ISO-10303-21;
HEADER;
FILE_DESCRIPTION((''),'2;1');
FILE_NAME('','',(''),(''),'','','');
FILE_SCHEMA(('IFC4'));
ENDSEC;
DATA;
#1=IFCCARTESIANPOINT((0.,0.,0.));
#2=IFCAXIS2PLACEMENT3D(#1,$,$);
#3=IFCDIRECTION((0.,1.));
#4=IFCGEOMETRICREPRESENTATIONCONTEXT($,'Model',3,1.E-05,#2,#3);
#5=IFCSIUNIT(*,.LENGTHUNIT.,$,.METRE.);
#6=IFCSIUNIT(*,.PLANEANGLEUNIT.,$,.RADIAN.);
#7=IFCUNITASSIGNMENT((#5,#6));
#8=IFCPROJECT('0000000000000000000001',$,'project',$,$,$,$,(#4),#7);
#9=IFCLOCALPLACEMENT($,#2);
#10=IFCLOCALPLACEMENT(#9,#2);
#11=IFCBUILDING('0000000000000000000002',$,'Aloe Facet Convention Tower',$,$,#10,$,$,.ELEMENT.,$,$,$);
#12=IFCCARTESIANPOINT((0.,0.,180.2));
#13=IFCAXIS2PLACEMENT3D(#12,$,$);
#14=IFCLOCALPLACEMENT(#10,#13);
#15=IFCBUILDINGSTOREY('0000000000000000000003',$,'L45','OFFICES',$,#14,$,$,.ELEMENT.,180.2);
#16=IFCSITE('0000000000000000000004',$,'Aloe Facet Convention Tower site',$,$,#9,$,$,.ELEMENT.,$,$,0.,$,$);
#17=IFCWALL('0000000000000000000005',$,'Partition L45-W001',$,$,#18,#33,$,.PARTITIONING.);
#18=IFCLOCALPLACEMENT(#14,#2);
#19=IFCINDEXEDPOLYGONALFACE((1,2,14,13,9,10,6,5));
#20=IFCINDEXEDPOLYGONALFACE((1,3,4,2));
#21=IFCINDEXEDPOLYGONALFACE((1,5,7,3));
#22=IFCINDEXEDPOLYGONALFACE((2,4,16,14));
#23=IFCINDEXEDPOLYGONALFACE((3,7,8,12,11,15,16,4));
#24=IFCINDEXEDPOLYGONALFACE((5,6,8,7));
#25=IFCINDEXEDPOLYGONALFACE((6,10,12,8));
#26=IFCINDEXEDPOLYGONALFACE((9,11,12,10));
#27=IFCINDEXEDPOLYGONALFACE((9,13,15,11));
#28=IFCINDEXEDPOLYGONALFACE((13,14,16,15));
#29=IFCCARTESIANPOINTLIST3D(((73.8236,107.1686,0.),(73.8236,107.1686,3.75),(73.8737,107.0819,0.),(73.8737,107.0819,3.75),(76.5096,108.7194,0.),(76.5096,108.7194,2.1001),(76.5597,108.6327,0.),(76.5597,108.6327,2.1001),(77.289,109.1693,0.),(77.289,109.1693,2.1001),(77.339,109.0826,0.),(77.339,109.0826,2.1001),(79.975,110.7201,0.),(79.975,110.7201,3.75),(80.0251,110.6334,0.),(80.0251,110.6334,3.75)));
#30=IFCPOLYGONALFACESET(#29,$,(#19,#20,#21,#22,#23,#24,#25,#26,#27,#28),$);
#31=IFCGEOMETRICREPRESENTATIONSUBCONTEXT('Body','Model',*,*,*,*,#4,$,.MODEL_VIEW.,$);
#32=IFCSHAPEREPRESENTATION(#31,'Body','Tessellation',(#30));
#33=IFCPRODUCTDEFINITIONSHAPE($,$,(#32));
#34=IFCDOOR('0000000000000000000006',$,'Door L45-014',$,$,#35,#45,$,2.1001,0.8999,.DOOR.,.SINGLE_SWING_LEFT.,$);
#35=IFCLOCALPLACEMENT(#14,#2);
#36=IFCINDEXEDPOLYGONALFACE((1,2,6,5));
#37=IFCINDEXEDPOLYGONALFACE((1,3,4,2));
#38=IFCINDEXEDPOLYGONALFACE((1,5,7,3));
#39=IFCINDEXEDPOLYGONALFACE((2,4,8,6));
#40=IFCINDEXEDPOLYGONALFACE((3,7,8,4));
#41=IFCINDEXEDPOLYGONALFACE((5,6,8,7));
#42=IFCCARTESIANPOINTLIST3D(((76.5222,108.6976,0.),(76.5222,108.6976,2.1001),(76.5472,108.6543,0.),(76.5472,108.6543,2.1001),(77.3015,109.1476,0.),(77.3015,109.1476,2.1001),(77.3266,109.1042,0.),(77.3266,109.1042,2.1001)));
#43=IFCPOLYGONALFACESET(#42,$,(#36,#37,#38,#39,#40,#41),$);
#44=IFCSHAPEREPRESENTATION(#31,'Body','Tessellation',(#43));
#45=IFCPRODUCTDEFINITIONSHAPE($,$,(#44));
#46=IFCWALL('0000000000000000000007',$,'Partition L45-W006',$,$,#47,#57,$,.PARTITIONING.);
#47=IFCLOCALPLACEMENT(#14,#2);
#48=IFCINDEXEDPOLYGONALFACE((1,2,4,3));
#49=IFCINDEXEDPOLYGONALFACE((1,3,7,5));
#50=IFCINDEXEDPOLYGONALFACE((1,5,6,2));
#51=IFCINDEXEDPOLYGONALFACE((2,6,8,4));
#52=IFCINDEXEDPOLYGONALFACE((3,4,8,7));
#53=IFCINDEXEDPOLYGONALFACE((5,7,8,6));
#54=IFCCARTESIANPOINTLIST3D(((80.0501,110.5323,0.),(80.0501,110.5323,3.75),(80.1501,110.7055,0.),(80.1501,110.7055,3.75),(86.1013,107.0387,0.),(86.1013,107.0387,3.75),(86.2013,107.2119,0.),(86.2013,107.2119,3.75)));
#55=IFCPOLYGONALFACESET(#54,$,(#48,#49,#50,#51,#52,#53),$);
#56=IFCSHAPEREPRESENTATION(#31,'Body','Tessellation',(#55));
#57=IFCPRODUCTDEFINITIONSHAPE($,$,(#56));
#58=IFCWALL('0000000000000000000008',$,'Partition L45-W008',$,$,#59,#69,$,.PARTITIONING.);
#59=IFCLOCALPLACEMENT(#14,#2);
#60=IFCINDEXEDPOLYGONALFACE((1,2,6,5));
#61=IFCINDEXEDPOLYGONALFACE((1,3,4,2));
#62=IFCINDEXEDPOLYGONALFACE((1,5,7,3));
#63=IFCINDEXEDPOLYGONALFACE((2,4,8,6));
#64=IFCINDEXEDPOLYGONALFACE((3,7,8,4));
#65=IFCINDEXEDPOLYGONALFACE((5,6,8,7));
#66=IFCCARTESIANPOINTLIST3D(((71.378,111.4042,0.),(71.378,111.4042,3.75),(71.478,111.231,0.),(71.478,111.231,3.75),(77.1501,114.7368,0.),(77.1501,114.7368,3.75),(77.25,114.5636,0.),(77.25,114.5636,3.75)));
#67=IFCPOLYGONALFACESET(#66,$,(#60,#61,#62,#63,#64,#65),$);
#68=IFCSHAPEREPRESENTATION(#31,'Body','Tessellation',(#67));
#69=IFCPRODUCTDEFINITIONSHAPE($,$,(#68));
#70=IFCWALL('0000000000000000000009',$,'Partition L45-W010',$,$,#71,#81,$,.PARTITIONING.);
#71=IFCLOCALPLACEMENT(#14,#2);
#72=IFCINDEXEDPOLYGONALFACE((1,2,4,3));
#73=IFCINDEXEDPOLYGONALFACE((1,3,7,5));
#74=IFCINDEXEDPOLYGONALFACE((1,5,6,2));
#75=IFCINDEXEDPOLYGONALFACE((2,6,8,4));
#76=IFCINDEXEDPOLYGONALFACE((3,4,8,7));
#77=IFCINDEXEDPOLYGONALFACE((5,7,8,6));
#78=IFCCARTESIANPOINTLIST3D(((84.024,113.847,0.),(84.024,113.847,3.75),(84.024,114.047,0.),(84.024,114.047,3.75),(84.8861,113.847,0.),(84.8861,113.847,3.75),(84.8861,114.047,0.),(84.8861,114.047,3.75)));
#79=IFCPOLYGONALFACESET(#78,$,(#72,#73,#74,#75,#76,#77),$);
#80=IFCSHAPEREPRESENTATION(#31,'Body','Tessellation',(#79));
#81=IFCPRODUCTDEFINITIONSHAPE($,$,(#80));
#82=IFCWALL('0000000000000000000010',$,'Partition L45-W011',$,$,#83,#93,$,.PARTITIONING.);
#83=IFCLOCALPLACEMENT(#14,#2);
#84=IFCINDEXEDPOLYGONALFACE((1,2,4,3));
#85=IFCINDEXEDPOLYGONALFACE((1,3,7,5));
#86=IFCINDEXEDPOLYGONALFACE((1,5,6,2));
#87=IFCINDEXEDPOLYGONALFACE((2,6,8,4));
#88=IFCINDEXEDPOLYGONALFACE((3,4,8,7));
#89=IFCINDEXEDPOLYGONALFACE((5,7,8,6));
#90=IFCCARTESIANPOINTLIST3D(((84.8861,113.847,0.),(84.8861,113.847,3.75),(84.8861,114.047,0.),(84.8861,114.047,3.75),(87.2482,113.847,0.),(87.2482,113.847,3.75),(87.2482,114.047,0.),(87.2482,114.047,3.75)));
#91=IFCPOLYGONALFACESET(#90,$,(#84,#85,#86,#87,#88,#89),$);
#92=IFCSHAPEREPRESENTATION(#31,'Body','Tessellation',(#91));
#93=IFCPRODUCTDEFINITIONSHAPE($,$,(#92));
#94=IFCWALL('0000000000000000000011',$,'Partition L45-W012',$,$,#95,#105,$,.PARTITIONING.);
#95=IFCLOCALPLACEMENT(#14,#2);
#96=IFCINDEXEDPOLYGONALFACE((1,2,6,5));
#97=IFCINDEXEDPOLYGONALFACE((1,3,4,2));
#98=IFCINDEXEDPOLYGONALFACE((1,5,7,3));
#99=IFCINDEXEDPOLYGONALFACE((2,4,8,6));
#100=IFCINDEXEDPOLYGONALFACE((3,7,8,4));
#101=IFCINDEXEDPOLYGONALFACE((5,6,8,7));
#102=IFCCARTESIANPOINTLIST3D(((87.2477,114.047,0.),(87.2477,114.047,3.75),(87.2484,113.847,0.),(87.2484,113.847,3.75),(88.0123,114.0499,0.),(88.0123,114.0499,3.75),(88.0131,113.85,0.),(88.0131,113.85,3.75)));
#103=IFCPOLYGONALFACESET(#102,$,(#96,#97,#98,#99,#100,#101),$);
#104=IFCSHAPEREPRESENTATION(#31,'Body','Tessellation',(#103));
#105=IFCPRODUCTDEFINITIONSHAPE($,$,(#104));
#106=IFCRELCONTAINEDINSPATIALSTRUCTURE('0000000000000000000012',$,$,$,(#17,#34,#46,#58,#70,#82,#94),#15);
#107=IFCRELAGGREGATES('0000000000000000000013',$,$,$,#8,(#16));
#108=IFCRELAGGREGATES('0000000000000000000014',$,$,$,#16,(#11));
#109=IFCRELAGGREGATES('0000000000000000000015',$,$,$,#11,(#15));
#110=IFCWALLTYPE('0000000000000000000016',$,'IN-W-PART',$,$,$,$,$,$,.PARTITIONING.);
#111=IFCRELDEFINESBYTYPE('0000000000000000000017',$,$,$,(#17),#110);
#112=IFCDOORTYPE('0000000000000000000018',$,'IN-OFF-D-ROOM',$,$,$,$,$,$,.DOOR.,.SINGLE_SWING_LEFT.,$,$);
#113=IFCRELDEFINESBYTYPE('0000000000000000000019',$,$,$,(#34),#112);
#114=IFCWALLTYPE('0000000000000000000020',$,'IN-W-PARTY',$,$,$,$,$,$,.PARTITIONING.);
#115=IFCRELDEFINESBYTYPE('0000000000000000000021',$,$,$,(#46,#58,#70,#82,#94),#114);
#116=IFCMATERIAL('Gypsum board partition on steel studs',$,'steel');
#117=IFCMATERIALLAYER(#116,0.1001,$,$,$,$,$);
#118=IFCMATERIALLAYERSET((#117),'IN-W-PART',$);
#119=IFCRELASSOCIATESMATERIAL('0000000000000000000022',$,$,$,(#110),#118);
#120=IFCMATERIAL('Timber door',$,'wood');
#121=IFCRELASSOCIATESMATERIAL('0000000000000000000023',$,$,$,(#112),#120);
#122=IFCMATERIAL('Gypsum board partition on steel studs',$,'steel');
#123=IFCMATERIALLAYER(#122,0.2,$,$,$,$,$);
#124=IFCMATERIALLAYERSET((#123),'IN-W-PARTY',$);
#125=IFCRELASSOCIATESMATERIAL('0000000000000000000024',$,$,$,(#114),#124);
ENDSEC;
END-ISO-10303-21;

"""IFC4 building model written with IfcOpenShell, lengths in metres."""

from ifc_helpers import new_model, si_unit, direction, frame, frame_2d, origin, place, context, subcontext, project, spatial, rectangle, extrude, material, layer, layer_set, type_object, element, fill, save


model = new_model("IFC4")

# Units and contexts
model_context = context("Model", 3, precision=1e-05, world=origin(), true_north=direction((0.0, 1.0)))
body_context = subcontext(model_context, "Body", "Model", "MODEL_VIEW")
ifc_project = project(units=[si_unit("LENGTHUNIT", "METRE"), si_unit("PLANEANGLEUNIT", "RADIAN")], contexts=[model_context])

# Site, building, storey
site_placement = place(None, origin())
site = spatial("IfcSite", under=ifc_project, at=site_placement, Name="Aloe Facet Convention Tower site", CompositionType="ELEMENT", RefElevation=0.0)
building_placement = place(site_placement, origin())
building = spatial("IfcBuilding", under=site, at=building_placement, Name="Aloe Facet Convention Tower", CompositionType="ELEMENT")
storey_placement = place(building_placement, frame((0.0, 0.0, 180.2)))
storey = spatial("IfcBuildingStorey", under=building, at=storey_placement, Name="L45", Description="OFFICES", CompositionType="ELEMENT", Elevation=180.2)

# Wall, opening, door
ifc_material_1 = material(Name="Gypsum board partition on steel studs", Category="steel")
ifc_layer_1 = layer(ifc_material_1, 0.1001)
ifc_layer_set_1 = layer_set([ifc_layer_1], Name="IN-W-PART")
wall_type_1 = type_object("IfcWallType", Name="IN-W-PART", PredefinedType="PARTITIONING", material=ifc_layer_set_1)
wall_1_placement = place(storey_placement, frame((73.8486, 107.1252, 0.0), z_axis=(0.0, 0.0, 1.0), x_axis=(0.866024, 0.500002, 0.0)))
wall_1 = element("IfcWall", 1, at=wall_1_placement, inside=storey, type_object=wall_type_1, Name="Partition L45-W001", PredefinedType="PARTITIONING", context=body_context, shape_type="SweptSolid", body=[
    extrude(rectangle(XDim=7.103, YDim=0.1001, at=frame_2d((3.5515, 0.0))), origin(), (0.0, 0.0, 1.0), 3.75),
])
opening_1_placement = place(wall_1_placement, frame((3.1016, 0.0, 0.0)))
opening_1 = element("IfcOpeningElement", 2, at=opening_1_placement, cuts=wall_1, PredefinedType="OPENING", context=body_context, shape_type="SweptSolid", body=[
    extrude(rectangle(XDim=0.8999, YDim=2.1001, at=frame_2d((0.45, 1.05))), frame((0.0, 0.0601, 0.0), z_axis=(0.0, -1.0, 0.0), x_axis=(1.0, 0.0, 0.0)), (0.0, 0.0, 1.0), 0.1201),
])
ifc_material_2 = material(Name="Timber door", Category="wood")
door_type_1 = type_object("IfcDoorType", Name="IN-OFF-D-ROOM", OperationType="SINGLE_SWING_LEFT", PredefinedType="DOOR", material=ifc_material_2)
door_1_placement = place(opening_1_placement, origin())
door_1 = element("IfcDoor", 3, at=door_1_placement, inside=storey, type_object=door_type_1, Name="Door L45-014", OperationType="SINGLE_SWING_LEFT", OverallHeight=2.1001, OverallWidth=0.8999, PredefinedType="DOOR", context=body_context, shape_type="SweptSolid", body=[
    extrude(rectangle(XDim=0.8999, YDim=2.1001, at=frame_2d((0.45, 1.05))), frame((0.0, 0.0249, 0.0), z_axis=(0.0, -1.0, 0.0), x_axis=(1.0, 0.0, 0.0)), (0.0, 0.0, 1.0), 0.05),
])
fill(opening_1, door_1)

# Walls
ifc_material_3 = material(Name="Gypsum board partition on steel studs", Category="steel")
ifc_layer_2 = layer(ifc_material_3, 0.2)
ifc_layer_set_2 = layer_set([ifc_layer_2], Name="IN-W-PARTY")
wall_type_2 = type_object("IfcWallType", Name="IN-W-PARTY", PredefinedType="PARTITIONING", material=ifc_layer_set_2)
wall_2_placement = place(storey_placement, frame((80.1001, 110.6189, 0.0), z_axis=(0.0, 0.0, 1.0), x_axis=(0.866028, -0.499995, 0.0)))
element("IfcWall", 4, at=wall_2_placement, inside=storey, type_object=wall_type_2, Name="Partition L45-W006", PredefinedType="PARTITIONING", context=body_context, shape_type="SweptSolid", body=[
    extrude(rectangle(XDim=6.9873, YDim=0.2, at=frame_2d((3.4937, 0.0))), origin(), (0.0, 0.0, 1.0), 3.75),
])
wall_3_placement = place(storey_placement, frame((71.428, 111.3176, 0.0), z_axis=(0.0, 0.0, 1.0), x_axis=(0.866021, 0.500008, 0.0)))
element("IfcWall", 5, at=wall_3_placement, inside=storey, type_object=wall_type_2, Name="Partition L45-W008", PredefinedType="PARTITIONING", context=body_context, shape_type="SweptSolid", body=[
    extrude(rectangle(XDim=6.665, YDim=0.2, at=frame_2d((3.3325, 0.0))), origin(), (0.0, 0.0, 1.0), 3.75),
])
wall_4_placement = place(storey_placement, frame((84.0239, 113.947, 0.0), z_axis=(0.0, 0.0, 1.0), x_axis=(1.0, 0.0, 0.0)))
element("IfcWall", 6, at=wall_4_placement, inside=storey, type_object=wall_type_2, Name="Partition L45-W010", PredefinedType="PARTITIONING", context=body_context, shape_type="SweptSolid", body=[
    extrude(rectangle(XDim=0.8621, YDim=0.2, at=frame_2d((0.4312, 0.0))), origin(), (0.0, 0.0, 1.0), 3.75),
])
wall_5_placement = place(storey_placement, frame((84.886, 113.947, 0.0), z_axis=(0.0, 0.0, 1.0), x_axis=(1.0, 0.0, 0.0)))
element("IfcWall", 7, at=wall_5_placement, inside=storey, type_object=wall_type_2, Name="Partition L45-W011", PredefinedType="PARTITIONING", context=body_context, shape_type="SweptSolid", body=[
    extrude(rectangle(XDim=2.3621, YDim=0.2, at=frame_2d((1.1812, 0.0))), origin(), (0.0, 0.0, 1.0), 3.75),
])
wall_6_placement = place(storey_placement, frame((87.248, 113.947, 0.0), z_axis=(0.0, 0.0, 1.0), x_axis=(0.999993, 0.003831, 0.0)))
element("IfcWall", 8, at=wall_6_placement, inside=storey, type_object=wall_type_2, Name="Partition L45-W012", PredefinedType="PARTITIONING", context=body_context, shape_type="SweptSolid", body=[
    extrude(rectangle(XDim=0.7646, YDim=0.2, at=frame_2d((0.3823, 0.0))), origin(), (0.0, 0.0, 1.0), 3.75),
])

save(model, "model.ifc")
